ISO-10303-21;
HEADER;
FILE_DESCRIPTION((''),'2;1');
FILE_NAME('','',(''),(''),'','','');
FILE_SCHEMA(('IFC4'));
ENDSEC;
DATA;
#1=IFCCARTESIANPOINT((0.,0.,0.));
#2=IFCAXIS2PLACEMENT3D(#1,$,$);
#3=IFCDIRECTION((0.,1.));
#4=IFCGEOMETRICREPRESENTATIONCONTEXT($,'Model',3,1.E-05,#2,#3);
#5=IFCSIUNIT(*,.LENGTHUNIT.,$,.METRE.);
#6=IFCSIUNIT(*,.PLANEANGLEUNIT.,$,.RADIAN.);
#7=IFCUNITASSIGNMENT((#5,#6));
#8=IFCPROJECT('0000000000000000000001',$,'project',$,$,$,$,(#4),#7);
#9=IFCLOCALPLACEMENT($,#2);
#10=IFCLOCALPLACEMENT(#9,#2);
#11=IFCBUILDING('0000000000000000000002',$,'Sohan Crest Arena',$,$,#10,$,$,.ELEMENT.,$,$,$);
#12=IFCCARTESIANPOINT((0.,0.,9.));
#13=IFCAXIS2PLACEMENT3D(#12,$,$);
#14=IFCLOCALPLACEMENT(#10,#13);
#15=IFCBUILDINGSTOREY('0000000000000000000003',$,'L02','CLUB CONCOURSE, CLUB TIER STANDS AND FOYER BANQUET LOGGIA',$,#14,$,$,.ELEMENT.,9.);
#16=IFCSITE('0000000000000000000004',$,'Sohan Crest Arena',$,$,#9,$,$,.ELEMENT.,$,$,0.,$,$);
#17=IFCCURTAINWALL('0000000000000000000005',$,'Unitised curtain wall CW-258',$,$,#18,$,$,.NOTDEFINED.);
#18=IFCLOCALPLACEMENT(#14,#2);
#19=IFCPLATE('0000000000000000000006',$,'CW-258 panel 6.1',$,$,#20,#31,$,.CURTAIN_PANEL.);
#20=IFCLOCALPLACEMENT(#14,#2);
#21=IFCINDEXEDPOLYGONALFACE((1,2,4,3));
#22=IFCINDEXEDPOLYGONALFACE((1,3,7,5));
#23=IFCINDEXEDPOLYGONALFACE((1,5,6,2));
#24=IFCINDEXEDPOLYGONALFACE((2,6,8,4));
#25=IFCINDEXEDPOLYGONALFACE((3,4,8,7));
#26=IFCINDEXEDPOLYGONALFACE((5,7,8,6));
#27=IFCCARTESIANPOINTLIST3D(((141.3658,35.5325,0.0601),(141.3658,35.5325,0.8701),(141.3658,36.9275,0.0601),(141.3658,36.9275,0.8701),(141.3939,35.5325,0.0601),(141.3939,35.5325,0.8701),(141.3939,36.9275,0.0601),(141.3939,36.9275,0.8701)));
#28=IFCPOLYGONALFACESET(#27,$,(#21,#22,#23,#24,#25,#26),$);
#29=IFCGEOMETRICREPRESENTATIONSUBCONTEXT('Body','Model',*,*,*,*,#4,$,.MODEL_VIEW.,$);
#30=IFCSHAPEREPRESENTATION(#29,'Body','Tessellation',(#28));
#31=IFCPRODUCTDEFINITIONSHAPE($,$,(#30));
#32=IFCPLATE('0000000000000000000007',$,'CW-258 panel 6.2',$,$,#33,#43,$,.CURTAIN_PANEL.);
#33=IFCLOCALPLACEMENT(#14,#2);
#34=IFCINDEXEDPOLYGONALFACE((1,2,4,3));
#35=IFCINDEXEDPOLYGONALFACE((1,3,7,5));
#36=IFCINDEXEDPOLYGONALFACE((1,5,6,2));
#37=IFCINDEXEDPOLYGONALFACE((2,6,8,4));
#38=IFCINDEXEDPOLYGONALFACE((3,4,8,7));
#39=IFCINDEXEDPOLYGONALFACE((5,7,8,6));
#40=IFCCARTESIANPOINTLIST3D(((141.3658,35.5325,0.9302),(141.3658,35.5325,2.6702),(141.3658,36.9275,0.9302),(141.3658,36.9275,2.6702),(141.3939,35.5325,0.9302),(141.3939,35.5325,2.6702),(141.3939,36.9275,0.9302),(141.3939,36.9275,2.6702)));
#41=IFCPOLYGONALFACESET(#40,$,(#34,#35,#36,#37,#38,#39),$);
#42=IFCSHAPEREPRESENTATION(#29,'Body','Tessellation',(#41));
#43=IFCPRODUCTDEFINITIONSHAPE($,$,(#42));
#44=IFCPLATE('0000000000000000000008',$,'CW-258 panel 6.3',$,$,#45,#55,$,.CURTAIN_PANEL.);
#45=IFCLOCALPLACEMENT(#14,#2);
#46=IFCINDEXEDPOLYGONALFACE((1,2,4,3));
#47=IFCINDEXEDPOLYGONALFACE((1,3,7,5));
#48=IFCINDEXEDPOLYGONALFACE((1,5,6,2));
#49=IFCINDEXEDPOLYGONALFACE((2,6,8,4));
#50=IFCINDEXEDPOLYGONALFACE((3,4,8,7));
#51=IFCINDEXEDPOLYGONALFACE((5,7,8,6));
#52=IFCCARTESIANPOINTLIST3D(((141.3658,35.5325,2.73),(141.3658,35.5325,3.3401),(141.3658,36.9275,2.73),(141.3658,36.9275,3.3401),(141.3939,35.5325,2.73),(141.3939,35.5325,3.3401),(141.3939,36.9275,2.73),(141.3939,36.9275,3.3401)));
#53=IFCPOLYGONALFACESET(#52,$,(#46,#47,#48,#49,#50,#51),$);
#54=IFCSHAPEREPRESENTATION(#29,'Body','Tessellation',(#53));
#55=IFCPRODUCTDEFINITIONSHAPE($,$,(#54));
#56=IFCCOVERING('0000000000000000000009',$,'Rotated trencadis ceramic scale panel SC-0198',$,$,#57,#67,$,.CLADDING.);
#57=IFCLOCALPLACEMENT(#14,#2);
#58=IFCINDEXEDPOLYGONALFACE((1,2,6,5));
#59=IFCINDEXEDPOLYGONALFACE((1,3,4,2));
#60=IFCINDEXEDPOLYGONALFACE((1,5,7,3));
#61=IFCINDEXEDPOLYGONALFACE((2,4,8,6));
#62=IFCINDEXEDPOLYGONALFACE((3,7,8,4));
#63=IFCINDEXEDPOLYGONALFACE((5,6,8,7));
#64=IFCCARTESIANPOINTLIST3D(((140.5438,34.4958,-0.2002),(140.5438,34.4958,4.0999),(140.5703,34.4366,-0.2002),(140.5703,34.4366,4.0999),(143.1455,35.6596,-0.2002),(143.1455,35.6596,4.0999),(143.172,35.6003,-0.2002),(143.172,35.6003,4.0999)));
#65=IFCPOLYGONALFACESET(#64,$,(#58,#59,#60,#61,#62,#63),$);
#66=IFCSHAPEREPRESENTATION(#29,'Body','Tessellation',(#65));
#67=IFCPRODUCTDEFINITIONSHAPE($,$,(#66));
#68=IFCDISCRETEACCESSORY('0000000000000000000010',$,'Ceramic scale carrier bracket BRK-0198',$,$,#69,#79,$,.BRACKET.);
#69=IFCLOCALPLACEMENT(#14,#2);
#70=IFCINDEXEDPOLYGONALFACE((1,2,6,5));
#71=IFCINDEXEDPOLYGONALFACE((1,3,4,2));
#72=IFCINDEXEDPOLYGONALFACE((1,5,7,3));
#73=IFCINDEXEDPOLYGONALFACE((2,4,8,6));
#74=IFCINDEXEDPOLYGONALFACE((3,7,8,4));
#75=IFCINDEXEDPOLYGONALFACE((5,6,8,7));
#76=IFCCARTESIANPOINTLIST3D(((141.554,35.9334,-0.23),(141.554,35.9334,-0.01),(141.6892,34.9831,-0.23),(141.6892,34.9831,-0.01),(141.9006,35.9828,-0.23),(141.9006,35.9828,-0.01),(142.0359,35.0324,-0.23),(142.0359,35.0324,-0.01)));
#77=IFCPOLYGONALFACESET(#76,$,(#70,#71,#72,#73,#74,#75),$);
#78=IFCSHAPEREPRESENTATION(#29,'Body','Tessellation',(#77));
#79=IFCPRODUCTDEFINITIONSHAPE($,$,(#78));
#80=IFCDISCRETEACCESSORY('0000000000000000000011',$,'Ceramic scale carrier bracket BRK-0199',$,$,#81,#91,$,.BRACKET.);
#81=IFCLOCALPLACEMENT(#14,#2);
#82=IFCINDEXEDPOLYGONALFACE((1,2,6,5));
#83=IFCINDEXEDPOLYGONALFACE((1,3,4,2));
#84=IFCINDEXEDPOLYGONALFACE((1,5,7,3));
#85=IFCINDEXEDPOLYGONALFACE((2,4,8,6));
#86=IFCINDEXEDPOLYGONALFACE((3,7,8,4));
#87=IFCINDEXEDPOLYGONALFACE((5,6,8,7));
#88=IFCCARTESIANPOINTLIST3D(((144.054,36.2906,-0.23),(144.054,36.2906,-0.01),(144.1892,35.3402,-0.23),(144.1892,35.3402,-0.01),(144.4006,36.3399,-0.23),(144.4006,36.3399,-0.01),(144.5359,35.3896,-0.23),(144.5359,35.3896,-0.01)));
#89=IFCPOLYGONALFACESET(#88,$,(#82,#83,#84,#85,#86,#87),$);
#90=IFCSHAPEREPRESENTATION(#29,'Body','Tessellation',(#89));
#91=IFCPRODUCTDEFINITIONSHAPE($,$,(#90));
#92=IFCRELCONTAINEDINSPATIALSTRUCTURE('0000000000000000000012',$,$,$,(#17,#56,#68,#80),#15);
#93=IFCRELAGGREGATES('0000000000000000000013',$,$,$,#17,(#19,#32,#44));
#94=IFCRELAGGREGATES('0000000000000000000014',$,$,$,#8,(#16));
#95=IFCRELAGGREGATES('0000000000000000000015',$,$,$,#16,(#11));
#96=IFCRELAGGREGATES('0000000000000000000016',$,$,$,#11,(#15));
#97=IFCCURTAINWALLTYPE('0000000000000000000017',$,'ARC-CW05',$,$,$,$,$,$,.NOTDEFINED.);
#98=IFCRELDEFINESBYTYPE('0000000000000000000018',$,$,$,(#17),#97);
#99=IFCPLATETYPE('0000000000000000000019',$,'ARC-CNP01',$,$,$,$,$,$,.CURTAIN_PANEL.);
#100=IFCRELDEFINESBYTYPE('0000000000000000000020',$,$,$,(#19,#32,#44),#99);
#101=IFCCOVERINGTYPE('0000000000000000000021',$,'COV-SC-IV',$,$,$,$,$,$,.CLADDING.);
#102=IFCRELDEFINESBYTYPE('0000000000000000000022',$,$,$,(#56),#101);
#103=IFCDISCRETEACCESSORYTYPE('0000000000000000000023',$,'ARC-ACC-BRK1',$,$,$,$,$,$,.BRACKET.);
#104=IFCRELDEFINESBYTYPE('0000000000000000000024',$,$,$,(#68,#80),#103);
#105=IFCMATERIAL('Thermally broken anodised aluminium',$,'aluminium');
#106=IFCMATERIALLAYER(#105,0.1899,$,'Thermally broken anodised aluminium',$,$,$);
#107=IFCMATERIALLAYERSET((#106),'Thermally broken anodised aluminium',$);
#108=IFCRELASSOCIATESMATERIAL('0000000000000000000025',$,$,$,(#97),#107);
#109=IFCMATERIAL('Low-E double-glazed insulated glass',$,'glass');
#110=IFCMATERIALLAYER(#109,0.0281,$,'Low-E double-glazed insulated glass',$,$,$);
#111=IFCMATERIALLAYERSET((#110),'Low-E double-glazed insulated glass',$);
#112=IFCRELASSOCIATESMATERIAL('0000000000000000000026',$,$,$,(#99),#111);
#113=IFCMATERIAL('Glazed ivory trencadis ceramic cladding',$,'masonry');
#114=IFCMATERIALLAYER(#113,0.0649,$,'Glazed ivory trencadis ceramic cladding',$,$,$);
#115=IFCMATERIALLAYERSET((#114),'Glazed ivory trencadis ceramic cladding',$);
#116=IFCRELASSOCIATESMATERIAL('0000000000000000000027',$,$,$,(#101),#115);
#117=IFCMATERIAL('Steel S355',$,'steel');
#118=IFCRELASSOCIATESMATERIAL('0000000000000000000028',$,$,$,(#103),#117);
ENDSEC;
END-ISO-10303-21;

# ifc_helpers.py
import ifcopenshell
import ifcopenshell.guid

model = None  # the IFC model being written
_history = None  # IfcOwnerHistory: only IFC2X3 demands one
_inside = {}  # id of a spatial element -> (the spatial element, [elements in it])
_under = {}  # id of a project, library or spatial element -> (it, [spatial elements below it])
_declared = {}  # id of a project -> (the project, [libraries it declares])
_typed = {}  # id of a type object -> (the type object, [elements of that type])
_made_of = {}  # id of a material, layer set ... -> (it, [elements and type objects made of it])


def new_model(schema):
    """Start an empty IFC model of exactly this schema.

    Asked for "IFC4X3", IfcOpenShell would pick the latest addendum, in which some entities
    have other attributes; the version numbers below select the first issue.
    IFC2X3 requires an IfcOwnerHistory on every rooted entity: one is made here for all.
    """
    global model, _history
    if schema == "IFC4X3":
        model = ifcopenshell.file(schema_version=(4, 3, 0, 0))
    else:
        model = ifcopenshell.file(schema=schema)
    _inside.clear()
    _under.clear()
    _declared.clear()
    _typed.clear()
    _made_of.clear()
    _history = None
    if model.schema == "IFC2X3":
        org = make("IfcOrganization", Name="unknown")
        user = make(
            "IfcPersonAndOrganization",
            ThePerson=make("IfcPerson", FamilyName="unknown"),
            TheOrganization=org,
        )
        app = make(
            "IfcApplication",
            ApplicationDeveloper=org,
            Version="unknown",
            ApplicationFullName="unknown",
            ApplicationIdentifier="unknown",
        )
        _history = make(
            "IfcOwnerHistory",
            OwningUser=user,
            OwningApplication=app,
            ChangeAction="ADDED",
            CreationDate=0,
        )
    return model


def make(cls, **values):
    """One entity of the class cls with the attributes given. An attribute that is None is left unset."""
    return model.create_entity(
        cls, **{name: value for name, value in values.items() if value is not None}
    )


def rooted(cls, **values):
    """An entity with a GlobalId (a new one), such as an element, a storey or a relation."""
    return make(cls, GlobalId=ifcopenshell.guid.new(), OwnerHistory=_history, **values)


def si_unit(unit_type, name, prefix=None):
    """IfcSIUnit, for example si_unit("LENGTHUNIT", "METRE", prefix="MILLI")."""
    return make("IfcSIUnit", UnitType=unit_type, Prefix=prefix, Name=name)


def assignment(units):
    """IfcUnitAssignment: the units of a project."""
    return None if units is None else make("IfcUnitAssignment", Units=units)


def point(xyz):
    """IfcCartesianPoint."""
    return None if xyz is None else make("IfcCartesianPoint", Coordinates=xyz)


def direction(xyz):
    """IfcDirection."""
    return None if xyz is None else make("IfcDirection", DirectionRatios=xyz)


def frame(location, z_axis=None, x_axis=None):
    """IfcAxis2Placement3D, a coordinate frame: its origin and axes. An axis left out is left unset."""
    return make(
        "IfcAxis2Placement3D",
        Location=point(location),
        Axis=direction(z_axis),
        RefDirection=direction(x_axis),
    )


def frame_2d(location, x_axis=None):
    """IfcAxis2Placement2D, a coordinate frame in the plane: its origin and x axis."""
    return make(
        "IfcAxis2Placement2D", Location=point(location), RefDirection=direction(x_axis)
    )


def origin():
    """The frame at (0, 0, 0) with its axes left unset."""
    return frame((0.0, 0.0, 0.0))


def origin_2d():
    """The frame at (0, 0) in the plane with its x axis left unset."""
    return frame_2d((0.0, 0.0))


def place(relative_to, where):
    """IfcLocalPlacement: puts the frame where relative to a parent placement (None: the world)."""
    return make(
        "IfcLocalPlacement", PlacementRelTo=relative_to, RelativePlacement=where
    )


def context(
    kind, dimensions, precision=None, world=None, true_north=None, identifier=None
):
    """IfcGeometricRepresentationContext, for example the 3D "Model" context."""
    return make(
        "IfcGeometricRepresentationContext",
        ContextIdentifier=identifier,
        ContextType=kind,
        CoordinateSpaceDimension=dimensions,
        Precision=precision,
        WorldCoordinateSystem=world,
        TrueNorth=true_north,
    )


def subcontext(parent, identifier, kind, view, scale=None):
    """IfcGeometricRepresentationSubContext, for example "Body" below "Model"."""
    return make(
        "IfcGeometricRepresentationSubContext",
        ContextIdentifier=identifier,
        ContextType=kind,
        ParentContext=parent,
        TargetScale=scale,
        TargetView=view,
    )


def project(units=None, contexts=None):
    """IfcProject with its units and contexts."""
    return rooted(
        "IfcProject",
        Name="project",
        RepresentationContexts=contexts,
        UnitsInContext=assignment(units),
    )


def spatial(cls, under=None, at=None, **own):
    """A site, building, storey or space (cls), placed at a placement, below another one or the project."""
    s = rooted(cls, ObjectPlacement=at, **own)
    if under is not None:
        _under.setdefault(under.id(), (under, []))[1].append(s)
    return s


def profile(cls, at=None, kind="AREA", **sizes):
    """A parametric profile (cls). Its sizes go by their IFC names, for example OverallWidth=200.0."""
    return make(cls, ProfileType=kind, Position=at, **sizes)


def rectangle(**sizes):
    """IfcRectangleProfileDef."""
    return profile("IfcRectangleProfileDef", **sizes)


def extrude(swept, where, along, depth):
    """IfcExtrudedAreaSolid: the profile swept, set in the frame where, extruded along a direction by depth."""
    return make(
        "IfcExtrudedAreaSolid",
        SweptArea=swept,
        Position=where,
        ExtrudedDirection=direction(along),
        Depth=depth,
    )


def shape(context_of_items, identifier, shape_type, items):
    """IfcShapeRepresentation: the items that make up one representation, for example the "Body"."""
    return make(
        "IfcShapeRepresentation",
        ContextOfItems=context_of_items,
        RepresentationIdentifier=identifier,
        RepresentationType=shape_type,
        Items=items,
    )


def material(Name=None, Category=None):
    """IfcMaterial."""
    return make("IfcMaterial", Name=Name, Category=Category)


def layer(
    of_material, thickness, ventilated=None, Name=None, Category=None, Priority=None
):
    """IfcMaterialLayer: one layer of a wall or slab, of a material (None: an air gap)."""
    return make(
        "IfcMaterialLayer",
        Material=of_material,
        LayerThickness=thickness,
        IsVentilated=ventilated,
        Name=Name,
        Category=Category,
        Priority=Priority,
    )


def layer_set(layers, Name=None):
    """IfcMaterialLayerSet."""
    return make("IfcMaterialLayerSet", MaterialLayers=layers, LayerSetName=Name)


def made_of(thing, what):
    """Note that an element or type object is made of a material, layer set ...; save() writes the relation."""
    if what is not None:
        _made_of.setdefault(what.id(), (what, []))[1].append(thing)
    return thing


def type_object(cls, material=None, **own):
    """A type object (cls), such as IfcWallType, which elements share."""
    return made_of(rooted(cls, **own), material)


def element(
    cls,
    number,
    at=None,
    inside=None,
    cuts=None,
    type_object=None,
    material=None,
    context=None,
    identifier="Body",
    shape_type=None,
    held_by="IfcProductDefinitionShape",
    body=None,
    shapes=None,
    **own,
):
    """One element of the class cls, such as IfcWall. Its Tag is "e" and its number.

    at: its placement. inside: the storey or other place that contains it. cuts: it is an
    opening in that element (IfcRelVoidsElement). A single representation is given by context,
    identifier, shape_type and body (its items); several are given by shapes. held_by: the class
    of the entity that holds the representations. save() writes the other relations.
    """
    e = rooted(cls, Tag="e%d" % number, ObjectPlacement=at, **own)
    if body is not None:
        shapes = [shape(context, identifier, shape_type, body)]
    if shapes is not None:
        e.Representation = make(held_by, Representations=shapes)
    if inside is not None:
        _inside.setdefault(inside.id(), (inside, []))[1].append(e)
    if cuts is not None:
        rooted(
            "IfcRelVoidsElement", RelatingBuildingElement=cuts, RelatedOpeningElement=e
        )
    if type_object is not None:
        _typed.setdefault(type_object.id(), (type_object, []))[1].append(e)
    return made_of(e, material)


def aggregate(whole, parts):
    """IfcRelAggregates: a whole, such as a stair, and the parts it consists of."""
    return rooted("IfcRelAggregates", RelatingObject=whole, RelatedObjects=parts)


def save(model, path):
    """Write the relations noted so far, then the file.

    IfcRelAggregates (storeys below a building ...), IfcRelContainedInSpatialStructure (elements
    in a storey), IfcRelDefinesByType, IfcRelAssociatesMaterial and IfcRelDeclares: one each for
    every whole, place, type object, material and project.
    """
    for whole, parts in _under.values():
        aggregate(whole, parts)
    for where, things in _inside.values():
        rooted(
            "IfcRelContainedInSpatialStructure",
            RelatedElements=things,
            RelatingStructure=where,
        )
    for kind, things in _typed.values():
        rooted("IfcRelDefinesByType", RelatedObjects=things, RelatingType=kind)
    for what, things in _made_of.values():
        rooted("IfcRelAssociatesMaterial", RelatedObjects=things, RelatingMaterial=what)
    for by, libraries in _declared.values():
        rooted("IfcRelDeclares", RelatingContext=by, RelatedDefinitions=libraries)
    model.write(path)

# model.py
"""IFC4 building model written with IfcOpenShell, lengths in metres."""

from ifc_helpers import new_model, si_unit, direction, frame, origin, origin_2d, place, context, subcontext, project, spatial, rectangle, extrude, material, layer, layer_set, type_object, element, aggregate, save


model = new_model("IFC4")

# Units and contexts
model_context = context("Model", 3, precision=1e-05, world=origin(), true_north=direction((0.0, 1.0)))
body_context = subcontext(model_context, "Body", "Model", "MODEL_VIEW")
ifc_project = project(units=[si_unit("LENGTHUNIT", "METRE"), si_unit("PLANEANGLEUNIT", "RADIAN")], contexts=[model_context])

# Site, building, storey
site_placement = place(None, origin())
site = spatial("IfcSite", under=ifc_project, at=site_placement, Name="Sohan Crest Arena", CompositionType="ELEMENT", RefElevation=0.0)
building_placement = place(site_placement, origin())
building = spatial("IfcBuilding", under=site, at=building_placement, Name="Sohan Crest Arena", CompositionType="ELEMENT")
storey_placement = place(building_placement, frame((0.0, 0.0, 9.0)))
storey = spatial("IfcBuildingStorey", under=building, at=storey_placement, Name="L02", Description="CLUB CONCOURSE, CLUB TIER STANDS AND FOYER BANQUET LOGGIA", CompositionType="ELEMENT", Elevation=9.0)

# Curtain wall
ifc_material_1 = material(Name="Thermally broken anodised aluminium", Category="aluminium")
ifc_layer_1 = layer(ifc_material_1, 0.1899, Name="Thermally broken anodised aluminium")
ifc_layer_set_1 = layer_set([ifc_layer_1], Name="Thermally broken anodised aluminium")
curtain_wall_type = type_object("IfcCurtainWallType", Name="ARC-CW05", PredefinedType="NOTDEFINED", material=ifc_layer_set_1)
curtain_wall_1_placement = place(storey_placement, origin())
curtain_wall_1 = element("IfcCurtainWall", 1, at=curtain_wall_1_placement, inside=storey, type_object=curtain_wall_type, Name="Unitised curtain wall CW-258", PredefinedType="NOTDEFINED")

# Plates
ifc_material_2 = material(Name="Low-E double-glazed insulated glass", Category="glass")
ifc_layer_2 = layer(ifc_material_2, 0.0281, Name="Low-E double-glazed insulated glass")
ifc_layer_set_2 = layer_set([ifc_layer_2], Name="Low-E double-glazed insulated glass")
plate_type = type_object("IfcPlateType", Name="ARC-CNP01", PredefinedType="CURTAIN_PANEL", material=ifc_layer_set_2)
plate_1_placement = place(storey_placement, frame((141.3799, 36.23, 0.0601), z_axis=(0.0, 0.0, 1.0), x_axis=(0.0, 1.0, 0.0)))
plate_1 = element("IfcPlate", 2, at=plate_1_placement, type_object=plate_type, Name="CW-258 panel 6.1", PredefinedType="CURTAIN_PANEL", context=body_context, shape_type="SweptSolid", body=[
    extrude(rectangle(XDim=1.395, YDim=0.0281, at=origin_2d()), origin(), (0.0, 0.0, 1.0), 0.8101),
])
plate_2_placement = place(storey_placement, frame((141.3799, 36.23, 0.9302), z_axis=(0.0, 0.0, 1.0), x_axis=(0.0, 1.0, 0.0)))
plate_2 = element("IfcPlate", 3, at=plate_2_placement, type_object=plate_type, Name="CW-258 panel 6.2", PredefinedType="CURTAIN_PANEL", context=body_context, shape_type="SweptSolid", body=[
    extrude(rectangle(XDim=1.395, YDim=0.0281, at=origin_2d()), origin(), (0.0, 0.0, 1.0), 1.74),
])
plate_3_placement = place(storey_placement, frame((141.3799, 36.23, 2.73), z_axis=(0.0, 0.0, 1.0), x_axis=(0.0, 1.0, 0.0)))
plate_3 = element("IfcPlate", 4, at=plate_3_placement, type_object=plate_type, Name="CW-258 panel 6.3", PredefinedType="CURTAIN_PANEL", context=body_context, shape_type="SweptSolid", body=[
    extrude(rectangle(XDim=1.395, YDim=0.0281, at=origin_2d()), origin(), (0.0, 0.0, 1.0), 0.6101),
])
aggregate(curtain_wall_1, [plate_1, plate_2, plate_3])

# Covering
ifc_material_3 = material(Name="Glazed ivory trencadis ceramic cladding", Category="masonry")
ifc_layer_3 = layer(ifc_material_3, 0.0649, Name="Glazed ivory trencadis ceramic cladding")
ifc_layer_set_3 = layer_set([ifc_layer_3], Name="Glazed ivory trencadis ceramic cladding")
covering_type = type_object("IfcCoveringType", Name="COV-SC-IV", PredefinedType="CLADDING", material=ifc_layer_set_3)
covering_placement = place(storey_placement, frame((141.8579, 35.0481, -0.2002), z_axis=(0.0, 0.0, 1.0), x_axis=(0.912834, 0.40833, 0.0)))
element("IfcCovering", 5, at=covering_placement, inside=storey, type_object=covering_type, Name="Rotated trencadis ceramic scale panel SC-0198", PredefinedType="CLADDING", context=body_context, shape_type="SweptSolid", body=[
    extrude(rectangle(XDim=2.8501, YDim=0.0649, at=origin_2d()), origin(), (0.0, 0.0, 1.0), 4.3),
])

# Discrete accessories
ifc_material_4 = material(Name="Steel S355", Category="steel")
discrete_accessory_type = type_object("IfcDiscreteAccessoryType", Name="ARC-ACC-BRK1", PredefinedType="BRACKET", material=ifc_material_4)
for number, where, z_axis, x_axis, name in (
    (6, (141.7949, 35.4829, -0.23), (0.0, 0.0, 1.0), (0.990024, 0.140901, 0.0), "Ceramic scale carrier bracket BRK-0198"),
    (7, (144.2949, 35.8401, -0.23), (0.0, 0.0, 1.0), (0.990024, 0.140901, 0.0), "Ceramic scale carrier bracket BRK-0199"),
):
    element("IfcDiscreteAccessory", number, at=place(storey_placement, frame(where, z_axis=z_axis, x_axis=x_axis)), inside=storey, type_object=discrete_accessory_type, Name=name, PredefinedType="BRACKET", context=body_context, shape_type="SweptSolid", body=[
        extrude(rectangle(XDim=0.3501, YDim=0.96, at=origin_2d()), origin(), (0.0, 0.0, 1.0), 0.22),
    ])

save(model, "model.ifc")
